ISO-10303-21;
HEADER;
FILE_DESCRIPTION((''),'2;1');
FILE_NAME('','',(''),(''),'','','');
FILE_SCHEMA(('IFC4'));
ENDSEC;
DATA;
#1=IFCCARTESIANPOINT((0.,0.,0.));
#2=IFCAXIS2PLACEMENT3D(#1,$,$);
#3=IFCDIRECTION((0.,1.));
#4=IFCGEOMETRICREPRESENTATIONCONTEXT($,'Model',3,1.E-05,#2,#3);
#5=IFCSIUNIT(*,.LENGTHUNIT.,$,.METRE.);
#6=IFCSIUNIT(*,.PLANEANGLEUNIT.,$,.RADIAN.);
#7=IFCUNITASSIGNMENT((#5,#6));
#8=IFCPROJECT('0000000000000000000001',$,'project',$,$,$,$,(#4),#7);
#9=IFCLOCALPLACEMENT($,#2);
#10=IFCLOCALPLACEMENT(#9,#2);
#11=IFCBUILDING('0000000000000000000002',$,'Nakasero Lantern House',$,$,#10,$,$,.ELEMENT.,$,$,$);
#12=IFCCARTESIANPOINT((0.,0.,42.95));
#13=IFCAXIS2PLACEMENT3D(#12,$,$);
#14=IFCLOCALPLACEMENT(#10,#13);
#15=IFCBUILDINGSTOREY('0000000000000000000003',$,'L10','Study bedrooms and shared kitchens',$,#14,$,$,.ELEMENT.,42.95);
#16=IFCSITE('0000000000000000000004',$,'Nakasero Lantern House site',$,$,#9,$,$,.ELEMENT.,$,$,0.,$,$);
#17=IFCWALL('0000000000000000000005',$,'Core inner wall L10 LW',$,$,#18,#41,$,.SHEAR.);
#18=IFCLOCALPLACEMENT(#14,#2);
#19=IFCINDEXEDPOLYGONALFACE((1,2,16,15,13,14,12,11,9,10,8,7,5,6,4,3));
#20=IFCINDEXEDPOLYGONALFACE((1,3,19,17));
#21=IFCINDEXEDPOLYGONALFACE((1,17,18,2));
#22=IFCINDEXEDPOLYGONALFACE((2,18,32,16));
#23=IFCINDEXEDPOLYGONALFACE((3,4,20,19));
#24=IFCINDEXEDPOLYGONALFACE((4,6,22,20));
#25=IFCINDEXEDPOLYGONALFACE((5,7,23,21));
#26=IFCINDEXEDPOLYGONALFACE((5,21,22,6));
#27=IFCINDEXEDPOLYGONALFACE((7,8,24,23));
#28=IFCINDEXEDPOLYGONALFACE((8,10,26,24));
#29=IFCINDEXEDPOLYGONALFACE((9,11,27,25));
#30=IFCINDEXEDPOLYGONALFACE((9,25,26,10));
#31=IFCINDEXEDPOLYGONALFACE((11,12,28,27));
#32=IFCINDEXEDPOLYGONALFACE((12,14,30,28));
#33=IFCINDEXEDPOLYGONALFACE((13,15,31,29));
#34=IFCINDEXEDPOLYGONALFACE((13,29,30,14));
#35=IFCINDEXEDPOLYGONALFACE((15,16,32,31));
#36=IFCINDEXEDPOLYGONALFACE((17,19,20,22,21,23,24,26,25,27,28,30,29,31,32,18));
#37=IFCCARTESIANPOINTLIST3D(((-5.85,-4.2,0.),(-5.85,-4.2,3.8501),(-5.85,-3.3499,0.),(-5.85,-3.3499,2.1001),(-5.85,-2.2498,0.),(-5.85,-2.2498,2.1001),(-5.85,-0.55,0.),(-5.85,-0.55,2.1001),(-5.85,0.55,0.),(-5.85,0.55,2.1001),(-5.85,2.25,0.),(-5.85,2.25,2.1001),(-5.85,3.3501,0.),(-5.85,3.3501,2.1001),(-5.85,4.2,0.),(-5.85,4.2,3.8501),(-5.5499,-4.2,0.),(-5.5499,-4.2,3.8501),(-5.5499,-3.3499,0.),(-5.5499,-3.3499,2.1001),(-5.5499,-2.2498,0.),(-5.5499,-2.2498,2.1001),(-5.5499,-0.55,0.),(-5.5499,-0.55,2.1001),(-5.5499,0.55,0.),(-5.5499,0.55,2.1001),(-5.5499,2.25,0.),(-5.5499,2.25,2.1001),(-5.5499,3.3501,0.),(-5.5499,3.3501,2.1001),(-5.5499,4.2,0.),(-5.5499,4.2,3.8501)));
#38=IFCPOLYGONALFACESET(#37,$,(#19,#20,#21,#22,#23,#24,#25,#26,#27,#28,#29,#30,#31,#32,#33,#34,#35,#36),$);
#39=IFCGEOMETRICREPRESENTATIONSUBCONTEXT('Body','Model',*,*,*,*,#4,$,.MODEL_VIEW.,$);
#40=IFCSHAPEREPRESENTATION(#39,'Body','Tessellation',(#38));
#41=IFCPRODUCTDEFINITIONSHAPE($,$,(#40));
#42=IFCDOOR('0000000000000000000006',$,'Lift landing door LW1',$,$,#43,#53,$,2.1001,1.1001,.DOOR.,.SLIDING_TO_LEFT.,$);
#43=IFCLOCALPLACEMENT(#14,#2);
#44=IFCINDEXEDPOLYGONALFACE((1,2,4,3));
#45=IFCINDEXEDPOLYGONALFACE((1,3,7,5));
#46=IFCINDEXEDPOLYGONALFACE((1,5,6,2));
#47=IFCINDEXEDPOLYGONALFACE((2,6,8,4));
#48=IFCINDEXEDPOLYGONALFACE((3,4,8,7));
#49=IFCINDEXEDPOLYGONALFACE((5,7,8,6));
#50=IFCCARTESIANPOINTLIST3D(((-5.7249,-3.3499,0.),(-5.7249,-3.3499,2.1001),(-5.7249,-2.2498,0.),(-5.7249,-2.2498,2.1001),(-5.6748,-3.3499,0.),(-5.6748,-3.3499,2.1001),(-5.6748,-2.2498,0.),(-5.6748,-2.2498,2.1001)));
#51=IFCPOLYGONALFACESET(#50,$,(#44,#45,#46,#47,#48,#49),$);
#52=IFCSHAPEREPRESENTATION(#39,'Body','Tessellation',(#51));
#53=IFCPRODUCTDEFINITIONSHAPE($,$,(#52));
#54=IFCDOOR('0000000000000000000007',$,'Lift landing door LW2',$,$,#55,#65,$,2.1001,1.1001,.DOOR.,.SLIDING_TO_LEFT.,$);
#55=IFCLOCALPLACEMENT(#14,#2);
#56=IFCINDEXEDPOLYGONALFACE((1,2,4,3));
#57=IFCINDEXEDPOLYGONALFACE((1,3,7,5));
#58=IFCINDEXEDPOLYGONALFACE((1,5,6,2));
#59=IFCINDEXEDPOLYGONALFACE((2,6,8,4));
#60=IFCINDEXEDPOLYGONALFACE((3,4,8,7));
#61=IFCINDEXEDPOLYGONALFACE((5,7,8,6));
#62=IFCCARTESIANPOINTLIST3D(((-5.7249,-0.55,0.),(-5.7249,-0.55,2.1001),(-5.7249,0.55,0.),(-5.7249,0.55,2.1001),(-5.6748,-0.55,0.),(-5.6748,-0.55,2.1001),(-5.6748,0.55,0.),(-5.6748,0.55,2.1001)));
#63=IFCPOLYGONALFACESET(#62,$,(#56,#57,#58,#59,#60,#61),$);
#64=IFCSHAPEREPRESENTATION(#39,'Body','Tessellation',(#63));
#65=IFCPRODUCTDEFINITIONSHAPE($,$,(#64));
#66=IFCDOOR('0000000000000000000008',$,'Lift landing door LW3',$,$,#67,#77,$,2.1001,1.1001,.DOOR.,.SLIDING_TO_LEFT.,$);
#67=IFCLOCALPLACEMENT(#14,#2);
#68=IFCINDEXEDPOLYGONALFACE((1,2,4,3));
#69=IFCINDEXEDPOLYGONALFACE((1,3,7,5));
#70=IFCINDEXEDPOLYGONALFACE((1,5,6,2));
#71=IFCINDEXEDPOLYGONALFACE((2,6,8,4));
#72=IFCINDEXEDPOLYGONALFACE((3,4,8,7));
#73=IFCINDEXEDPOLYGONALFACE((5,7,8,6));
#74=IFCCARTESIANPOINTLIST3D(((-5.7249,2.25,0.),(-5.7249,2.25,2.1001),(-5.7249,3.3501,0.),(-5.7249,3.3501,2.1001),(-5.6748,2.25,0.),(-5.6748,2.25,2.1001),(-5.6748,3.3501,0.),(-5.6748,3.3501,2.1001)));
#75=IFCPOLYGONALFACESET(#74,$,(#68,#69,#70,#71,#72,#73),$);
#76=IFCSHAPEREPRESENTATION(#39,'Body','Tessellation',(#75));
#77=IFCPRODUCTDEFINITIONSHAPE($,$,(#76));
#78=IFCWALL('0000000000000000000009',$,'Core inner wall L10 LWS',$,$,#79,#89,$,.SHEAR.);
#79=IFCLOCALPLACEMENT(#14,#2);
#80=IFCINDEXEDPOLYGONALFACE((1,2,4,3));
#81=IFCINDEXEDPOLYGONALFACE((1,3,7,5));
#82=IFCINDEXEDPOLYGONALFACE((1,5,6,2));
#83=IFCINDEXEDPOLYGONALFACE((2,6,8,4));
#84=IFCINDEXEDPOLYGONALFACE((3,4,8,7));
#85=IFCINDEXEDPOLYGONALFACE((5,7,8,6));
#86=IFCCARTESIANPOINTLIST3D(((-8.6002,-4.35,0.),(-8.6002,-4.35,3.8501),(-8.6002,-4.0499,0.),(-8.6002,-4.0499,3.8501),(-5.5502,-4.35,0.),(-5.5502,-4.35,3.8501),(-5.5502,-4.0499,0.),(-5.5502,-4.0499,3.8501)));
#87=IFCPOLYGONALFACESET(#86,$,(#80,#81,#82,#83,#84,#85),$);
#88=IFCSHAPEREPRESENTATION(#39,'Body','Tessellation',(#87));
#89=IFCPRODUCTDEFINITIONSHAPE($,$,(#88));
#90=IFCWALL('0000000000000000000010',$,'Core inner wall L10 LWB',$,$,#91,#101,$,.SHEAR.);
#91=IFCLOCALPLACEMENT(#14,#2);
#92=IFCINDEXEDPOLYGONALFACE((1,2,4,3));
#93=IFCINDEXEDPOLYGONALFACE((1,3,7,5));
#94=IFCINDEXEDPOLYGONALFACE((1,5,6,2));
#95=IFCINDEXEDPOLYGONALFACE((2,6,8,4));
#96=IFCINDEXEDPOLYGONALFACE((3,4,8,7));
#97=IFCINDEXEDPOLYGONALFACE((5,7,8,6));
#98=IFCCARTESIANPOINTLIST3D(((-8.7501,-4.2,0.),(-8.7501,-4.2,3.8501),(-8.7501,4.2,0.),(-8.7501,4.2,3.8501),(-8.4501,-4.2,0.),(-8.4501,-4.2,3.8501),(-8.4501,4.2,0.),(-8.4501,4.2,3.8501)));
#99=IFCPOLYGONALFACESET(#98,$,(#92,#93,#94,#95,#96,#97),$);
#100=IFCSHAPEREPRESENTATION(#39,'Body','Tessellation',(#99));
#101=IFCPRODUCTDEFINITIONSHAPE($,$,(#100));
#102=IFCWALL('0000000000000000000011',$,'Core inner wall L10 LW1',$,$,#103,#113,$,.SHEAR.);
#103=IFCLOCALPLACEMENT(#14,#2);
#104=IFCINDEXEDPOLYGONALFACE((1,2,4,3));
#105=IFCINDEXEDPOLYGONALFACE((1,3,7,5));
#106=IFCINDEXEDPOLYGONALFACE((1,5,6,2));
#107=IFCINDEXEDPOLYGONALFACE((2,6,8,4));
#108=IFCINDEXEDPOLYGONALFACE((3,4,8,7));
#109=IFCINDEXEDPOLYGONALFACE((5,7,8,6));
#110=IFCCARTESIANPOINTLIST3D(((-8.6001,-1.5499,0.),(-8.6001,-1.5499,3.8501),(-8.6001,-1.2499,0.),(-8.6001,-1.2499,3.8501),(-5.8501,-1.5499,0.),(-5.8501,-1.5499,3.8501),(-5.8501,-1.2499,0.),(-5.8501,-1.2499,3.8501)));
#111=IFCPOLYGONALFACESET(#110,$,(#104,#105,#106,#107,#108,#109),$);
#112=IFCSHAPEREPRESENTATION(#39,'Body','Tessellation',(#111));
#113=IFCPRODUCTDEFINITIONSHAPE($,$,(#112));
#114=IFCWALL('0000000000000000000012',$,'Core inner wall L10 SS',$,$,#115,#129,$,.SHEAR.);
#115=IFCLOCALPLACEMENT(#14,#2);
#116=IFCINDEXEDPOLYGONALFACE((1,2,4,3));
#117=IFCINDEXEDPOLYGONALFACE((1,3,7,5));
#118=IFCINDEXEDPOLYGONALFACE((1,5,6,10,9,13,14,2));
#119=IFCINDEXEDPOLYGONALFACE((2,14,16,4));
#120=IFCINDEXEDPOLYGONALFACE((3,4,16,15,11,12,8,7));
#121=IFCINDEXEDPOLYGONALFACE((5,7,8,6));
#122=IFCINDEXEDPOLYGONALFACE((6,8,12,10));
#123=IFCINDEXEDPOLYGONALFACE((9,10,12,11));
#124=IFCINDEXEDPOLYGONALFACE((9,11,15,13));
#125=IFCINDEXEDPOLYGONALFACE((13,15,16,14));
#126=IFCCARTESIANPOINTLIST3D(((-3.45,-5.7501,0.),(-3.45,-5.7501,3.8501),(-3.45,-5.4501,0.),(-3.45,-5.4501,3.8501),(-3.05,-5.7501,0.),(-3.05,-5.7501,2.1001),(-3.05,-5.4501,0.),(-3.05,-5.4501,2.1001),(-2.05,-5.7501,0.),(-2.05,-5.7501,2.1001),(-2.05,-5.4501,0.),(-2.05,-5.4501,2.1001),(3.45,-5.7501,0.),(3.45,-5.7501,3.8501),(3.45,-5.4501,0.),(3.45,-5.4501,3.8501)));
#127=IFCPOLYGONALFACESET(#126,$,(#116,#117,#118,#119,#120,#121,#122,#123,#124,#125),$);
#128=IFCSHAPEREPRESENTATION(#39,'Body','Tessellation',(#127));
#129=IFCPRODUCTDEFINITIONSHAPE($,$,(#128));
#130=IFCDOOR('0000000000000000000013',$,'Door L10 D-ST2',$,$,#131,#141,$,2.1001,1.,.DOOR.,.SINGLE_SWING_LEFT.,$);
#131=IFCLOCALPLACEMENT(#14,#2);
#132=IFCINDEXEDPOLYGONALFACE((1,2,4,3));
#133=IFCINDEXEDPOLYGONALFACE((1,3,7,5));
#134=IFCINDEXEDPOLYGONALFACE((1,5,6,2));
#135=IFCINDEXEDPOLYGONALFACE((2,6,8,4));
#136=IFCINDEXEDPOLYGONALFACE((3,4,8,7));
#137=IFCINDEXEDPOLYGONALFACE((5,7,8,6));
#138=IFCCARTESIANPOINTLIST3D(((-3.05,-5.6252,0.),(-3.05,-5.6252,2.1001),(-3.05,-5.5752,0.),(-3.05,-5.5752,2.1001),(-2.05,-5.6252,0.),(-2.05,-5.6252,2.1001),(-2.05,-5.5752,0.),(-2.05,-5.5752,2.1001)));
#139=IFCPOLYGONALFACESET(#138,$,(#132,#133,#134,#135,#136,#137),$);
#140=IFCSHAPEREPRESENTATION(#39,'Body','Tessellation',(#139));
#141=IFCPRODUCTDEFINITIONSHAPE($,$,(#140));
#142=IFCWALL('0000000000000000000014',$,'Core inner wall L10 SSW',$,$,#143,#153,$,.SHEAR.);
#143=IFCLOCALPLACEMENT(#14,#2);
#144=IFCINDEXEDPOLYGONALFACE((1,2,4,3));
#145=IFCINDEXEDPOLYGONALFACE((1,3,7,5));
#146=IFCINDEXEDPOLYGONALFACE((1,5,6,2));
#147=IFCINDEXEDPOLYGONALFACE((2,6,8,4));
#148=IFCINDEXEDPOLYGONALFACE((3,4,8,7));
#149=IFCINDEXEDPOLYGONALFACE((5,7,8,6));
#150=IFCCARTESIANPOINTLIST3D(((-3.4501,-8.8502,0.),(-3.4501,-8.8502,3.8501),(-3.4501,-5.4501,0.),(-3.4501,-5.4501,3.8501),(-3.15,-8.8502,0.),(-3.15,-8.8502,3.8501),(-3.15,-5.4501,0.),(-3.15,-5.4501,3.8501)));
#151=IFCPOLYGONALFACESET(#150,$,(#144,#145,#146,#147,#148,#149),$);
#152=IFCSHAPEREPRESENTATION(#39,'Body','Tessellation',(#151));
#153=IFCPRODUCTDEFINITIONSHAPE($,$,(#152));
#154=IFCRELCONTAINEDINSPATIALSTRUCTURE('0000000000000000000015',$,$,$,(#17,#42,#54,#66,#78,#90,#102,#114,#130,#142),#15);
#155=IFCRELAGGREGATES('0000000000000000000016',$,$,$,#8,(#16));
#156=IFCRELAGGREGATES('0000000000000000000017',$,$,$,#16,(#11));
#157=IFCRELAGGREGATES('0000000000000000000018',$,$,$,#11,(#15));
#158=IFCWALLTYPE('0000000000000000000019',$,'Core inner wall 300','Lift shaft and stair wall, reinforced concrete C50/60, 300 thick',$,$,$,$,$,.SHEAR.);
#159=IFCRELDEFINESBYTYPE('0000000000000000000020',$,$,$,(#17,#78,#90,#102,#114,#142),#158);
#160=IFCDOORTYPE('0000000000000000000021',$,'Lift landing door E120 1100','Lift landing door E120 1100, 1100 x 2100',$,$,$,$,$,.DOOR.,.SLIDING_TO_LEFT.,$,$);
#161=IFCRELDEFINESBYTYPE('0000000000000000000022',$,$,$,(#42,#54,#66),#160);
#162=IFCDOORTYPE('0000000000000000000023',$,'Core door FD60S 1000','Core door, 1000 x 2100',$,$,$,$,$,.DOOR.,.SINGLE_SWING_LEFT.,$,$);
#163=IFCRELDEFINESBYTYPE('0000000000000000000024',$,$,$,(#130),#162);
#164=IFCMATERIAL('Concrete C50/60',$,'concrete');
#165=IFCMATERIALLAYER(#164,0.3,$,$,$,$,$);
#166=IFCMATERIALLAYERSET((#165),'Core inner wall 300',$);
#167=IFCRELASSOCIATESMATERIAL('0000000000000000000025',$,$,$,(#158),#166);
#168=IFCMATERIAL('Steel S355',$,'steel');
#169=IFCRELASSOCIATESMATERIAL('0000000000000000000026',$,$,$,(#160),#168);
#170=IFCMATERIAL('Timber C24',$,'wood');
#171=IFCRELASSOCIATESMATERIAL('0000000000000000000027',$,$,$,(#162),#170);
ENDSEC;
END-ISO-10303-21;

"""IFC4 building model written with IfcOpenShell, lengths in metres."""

from ifc_helpers import new_model, si_unit, direction, frame, frame_2d, origin, place, context, subcontext, project, spatial, rectangle, extrude, material, layer, layer_set, type_object, element, fill, save


model = new_model("IFC4")

# Units and contexts
model_context = context("Model", 3, precision=1e-05, world=origin(), true_north=direction((0.0, 1.0)))
body_context = subcontext(model_context, "Body", "Model", "MODEL_VIEW")
ifc_project = project(units=[si_unit("LENGTHUNIT", "METRE"), si_unit("PLANEANGLEUNIT", "RADIAN")], contexts=[model_context])

# Site, building, storey
site_placement = place(None, origin())
site = spatial("IfcSite", under=ifc_project, at=site_placement, Name="Nakasero Lantern House site", CompositionType="ELEMENT", RefElevation=0.0)
building_placement = place(site_placement, origin())
building = spatial("IfcBuilding", under=site, at=building_placement, Name="Nakasero Lantern House", CompositionType="ELEMENT")
storey_placement = place(building_placement, frame((0.0, 0.0, 42.95)))
storey = spatial("IfcBuildingStorey", under=building, at=storey_placement, Name="L10", Description="Study bedrooms and shared kitchens", CompositionType="ELEMENT", Elevation=42.95)

# Wall, openings, doors
ifc_material_1 = material(Name="Concrete C50/60", Category="concrete")
ifc_layer_1 = layer(ifc_material_1, 0.3)
ifc_layer_set_1 = layer_set([ifc_layer_1], Name="Core inner wall 300")
wall_type_1 = type_object("IfcWallType", Name="Core inner wall 300", Description="Lift shaft and stair wall, reinforced concrete C50/60, 300 thick", PredefinedType="SHEAR", material=ifc_layer_set_1)
wall_1_placement = place(storey_placement, frame((-5.7, -4.2, 0.0), z_axis=(0.0, 0.0, 1.0), x_axis=(0.0, 1.0, 0.0)))
wall_1 = element("IfcWall", 1, at=wall_1_placement, inside=storey, type_object=wall_type_1, Name="Core inner wall L10 LW", PredefinedType="SHEAR", context=body_context, shape_type="SweptSolid", body=[
    extrude(rectangle(XDim=8.3999, YDim=0.3, at=frame_2d((4.2, 0.0))), origin(), (0.0, 0.0, 1.0), 3.8501),
])
opening_1_placement = place(wall_1_placement, frame((0.8501, 0.0, 0.0)))
opening_1 = element("IfcOpeningElement", 2, at=opening_1_placement, cuts=wall_1, PredefinedType="OPENING", context=body_context, shape_type="SweptSolid", body=[
    extrude(rectangle(XDim=1.1001, YDim=2.1001, at=frame_2d((0.55, 1.05))), frame((0.0, 0.1699, 0.0), z_axis=(0.0, -1.0, 0.0), x_axis=(1.0, 0.0, 0.0)), (0.0, 0.0, 1.0), 0.3401),
])
opening_2_placement = place(wall_1_placement, frame((3.6499, 0.0, 0.0)))
opening_2 = element("IfcOpeningElement", 3, at=opening_2_placement, cuts=wall_1, PredefinedType="OPENING", context=body_context, shape_type="SweptSolid", body=[
    extrude(rectangle(XDim=1.1001, YDim=2.1001, at=frame_2d((0.55, 1.05))), frame((0.0, 0.1699, 0.0), z_axis=(0.0, -1.0, 0.0), x_axis=(1.0, 0.0, 0.0)), (0.0, 0.0, 1.0), 0.3401),
])
opening_3_placement = place(wall_1_placement, frame((6.45, 0.0, 0.0)))
opening_3 = element("IfcOpeningElement", 4, at=opening_3_placement, cuts=wall_1, PredefinedType="OPENING", context=body_context, shape_type="SweptSolid", body=[
    extrude(rectangle(XDim=1.1001, YDim=2.1001, at=frame_2d((0.55, 1.05))), frame((0.0, 0.1699, 0.0), z_axis=(0.0, -1.0, 0.0), x_axis=(1.0, 0.0, 0.0)), (0.0, 0.0, 1.0), 0.3401),
])
ifc_material_2 = material(Name="Steel S355", Category="steel")
door_type_1 = type_object("IfcDoorType", Name="Lift landing door E120 1100", Description="Lift landing door E120 1100, 1100 x 2100", OperationType="SLIDING_TO_LEFT", PredefinedType="DOOR", material=ifc_material_2)
door_1_placement = place(opening_1_placement, origin())
door_1 = element("IfcDoor", 5, at=door_1_placement, inside=storey, type_object=door_type_1, Name="Lift landing door LW1", OperationType="SLIDING_TO_LEFT", OverallHeight=2.1001, OverallWidth=1.1001, PredefinedType="DOOR", context=body_context, shape_type="SweptSolid", body=[
    extrude(rectangle(XDim=1.1001, YDim=2.1001, at=frame_2d((0.55, 1.05))), frame((0.0, 0.0249, 0.0), z_axis=(0.0, -1.0, 0.0), x_axis=(1.0, 0.0, 0.0)), (0.0, 0.0, 1.0), 0.05),
])
fill(opening_1, door_1)
door_2_placement = place(opening_2_placement, origin())
door_2 = element("IfcDoor", 6, at=door_2_placement, inside=storey, type_object=door_type_1, Name="Lift landing door LW2", OperationType="SLIDING_TO_LEFT", OverallHeight=2.1001, OverallWidth=1.1001, PredefinedType="DOOR", context=body_context, shape_type="SweptSolid", body=[
    extrude(rectangle(XDim=1.1001, YDim=2.1001, at=frame_2d((0.55, 1.05))), frame((0.0, 0.0249, 0.0), z_axis=(0.0, -1.0, 0.0), x_axis=(1.0, 0.0, 0.0)), (0.0, 0.0, 1.0), 0.05),
])
fill(opening_2, door_2)
door_3_placement = place(opening_3_placement, origin())
door_3 = element("IfcDoor", 7, at=door_3_placement, inside=storey, type_object=door_type_1, Name="Lift landing door LW3", OperationType="SLIDING_TO_LEFT", OverallHeight=2.1001, OverallWidth=1.1001, PredefinedType="DOOR", context=body_context, shape_type="SweptSolid", body=[
    extrude(rectangle(XDim=1.1001, YDim=2.1001, at=frame_2d((0.55, 1.05))), frame((0.0, 0.0249, 0.0), z_axis=(0.0, -1.0, 0.0), x_axis=(1.0, 0.0, 0.0)), (0.0, 0.0, 1.0), 0.05),
])
fill(opening_3, door_3)

# Walls
wall_2_placement = place(storey_placement, frame((-8.6001, -4.2, 0.0), z_axis=(0.0, 0.0, 1.0), x_axis=(1.0, 0.0, 0.0)))
element("IfcWall", 8, at=wall_2_placement, inside=storey, type_object=wall_type_1, Name="Core inner wall L10 LWS", PredefinedType="SHEAR", context=body_context, shape_type="SweptSolid", body=[
    extrude(rectangle(XDim=3.05, YDim=0.3, at=frame_2d((1.5249, 0.0))), origin(), (0.0, 0.0, 1.0), 3.8501),
])
wall_3_placement = place(storey_placement, frame((-8.6001, -4.2, 0.0), z_axis=(0.0, 0.0, 1.0), x_axis=(0.0, 1.0, 0.0)))
element("IfcWall", 9, at=wall_3_placement, inside=storey, type_object=wall_type_1, Name="Core inner wall L10 LWB", PredefinedType="SHEAR", context=body_context, shape_type="SweptSolid", body=[
    extrude(rectangle(XDim=8.3999, YDim=0.3, at=frame_2d((4.2, 0.0))), origin(), (0.0, 0.0, 1.0), 3.8501),
])
wall_4_placement = place(storey_placement, frame((-8.6001, -1.3999, 0.0), z_axis=(0.0, 0.0, 1.0), x_axis=(1.0, 0.0, 0.0)))
element("IfcWall", 10, at=wall_4_placement, inside=storey, type_object=wall_type_1, Name="Core inner wall L10 LW1", PredefinedType="SHEAR", context=body_context, shape_type="SweptSolid", body=[
    extrude(rectangle(XDim=2.75, YDim=0.3, at=frame_2d((1.375, 0.0))), origin(), (0.0, 0.0, 1.0), 3.8501),
])

# Wall, opening, door
wall_5_placement = place(storey_placement, frame((-3.45, -5.6001, 0.0), z_axis=(0.0, 0.0, 1.0), x_axis=(1.0, 0.0, 0.0)))
wall_5 = element("IfcWall", 11, at=wall_5_placement, inside=storey, type_object=wall_type_1, Name="Core inner wall L10 SS", PredefinedType="SHEAR", context=body_context, shape_type="SweptSolid", body=[
    extrude(rectangle(XDim=6.8999, YDim=0.3, at=frame_2d((3.45, 0.0))), origin(), (0.0, 0.0, 1.0), 3.8501),
])
opening_4_placement = place(wall_5_placement, frame((0.3999, 0.0, 0.0)))
opening_4 = element("IfcOpeningElement", 12, at=opening_4_placement, cuts=wall_5, PredefinedType="OPENING", context=body_context, shape_type="SweptSolid", body=[
    extrude(rectangle(XDim=1.0, YDim=2.1001, at=frame_2d((0.5, 1.05))), frame((0.0, 0.1699, 0.0), z_axis=(0.0, -1.0, 0.0), x_axis=(1.0, 0.0, 0.0)), (0.0, 0.0, 1.0), 0.3401),
])
ifc_material_3 = material(Name="Timber C24", Category="wood")
door_type_2 = type_object("IfcDoorType", Name="Core door FD60S 1000", Description="Core door, 1000 x 2100", OperationType="SINGLE_SWING_LEFT", PredefinedType="DOOR", material=ifc_material_3)
door_4_placement = place(opening_4_placement, origin())
door_4 = element("IfcDoor", 13, at=door_4_placement, inside=storey, type_object=door_type_2, Name="Door L10 D-ST2", OperationType="SINGLE_SWING_LEFT", OverallHeight=2.1001, OverallWidth=1.0, PredefinedType="DOOR", context=body_context, shape_type="SweptSolid", body=[
    extrude(rectangle(XDim=1.0, YDim=2.1001, at=frame_2d((0.5, 1.05))), frame((0.0, 0.0249, 0.0), z_axis=(0.0, -1.0, 0.0), x_axis=(1.0, 0.0, 0.0)), (0.0, 0.0, 1.0), 0.05),
])
fill(opening_4, door_4)

# Wall
wall_6_placement = place(storey_placement, frame((-3.3, -5.45, 0.0), z_axis=(0.0, 0.0, 1.0), x_axis=(0.0, -1.0, 0.0)))
element("IfcWall", 14, at=wall_6_placement, inside=storey, type_object=wall_type_1, Name="Core inner wall L10 SSW", PredefinedType="SHEAR", context=body_context, shape_type="SweptSolid", body=[
    extrude(rectangle(XDim=3.4001, YDim=0.3, at=frame_2d((1.7002, 0.0))), origin(), (0.0, 0.0, 1.0), 3.8501),
])

save(model, "model.ifc")
